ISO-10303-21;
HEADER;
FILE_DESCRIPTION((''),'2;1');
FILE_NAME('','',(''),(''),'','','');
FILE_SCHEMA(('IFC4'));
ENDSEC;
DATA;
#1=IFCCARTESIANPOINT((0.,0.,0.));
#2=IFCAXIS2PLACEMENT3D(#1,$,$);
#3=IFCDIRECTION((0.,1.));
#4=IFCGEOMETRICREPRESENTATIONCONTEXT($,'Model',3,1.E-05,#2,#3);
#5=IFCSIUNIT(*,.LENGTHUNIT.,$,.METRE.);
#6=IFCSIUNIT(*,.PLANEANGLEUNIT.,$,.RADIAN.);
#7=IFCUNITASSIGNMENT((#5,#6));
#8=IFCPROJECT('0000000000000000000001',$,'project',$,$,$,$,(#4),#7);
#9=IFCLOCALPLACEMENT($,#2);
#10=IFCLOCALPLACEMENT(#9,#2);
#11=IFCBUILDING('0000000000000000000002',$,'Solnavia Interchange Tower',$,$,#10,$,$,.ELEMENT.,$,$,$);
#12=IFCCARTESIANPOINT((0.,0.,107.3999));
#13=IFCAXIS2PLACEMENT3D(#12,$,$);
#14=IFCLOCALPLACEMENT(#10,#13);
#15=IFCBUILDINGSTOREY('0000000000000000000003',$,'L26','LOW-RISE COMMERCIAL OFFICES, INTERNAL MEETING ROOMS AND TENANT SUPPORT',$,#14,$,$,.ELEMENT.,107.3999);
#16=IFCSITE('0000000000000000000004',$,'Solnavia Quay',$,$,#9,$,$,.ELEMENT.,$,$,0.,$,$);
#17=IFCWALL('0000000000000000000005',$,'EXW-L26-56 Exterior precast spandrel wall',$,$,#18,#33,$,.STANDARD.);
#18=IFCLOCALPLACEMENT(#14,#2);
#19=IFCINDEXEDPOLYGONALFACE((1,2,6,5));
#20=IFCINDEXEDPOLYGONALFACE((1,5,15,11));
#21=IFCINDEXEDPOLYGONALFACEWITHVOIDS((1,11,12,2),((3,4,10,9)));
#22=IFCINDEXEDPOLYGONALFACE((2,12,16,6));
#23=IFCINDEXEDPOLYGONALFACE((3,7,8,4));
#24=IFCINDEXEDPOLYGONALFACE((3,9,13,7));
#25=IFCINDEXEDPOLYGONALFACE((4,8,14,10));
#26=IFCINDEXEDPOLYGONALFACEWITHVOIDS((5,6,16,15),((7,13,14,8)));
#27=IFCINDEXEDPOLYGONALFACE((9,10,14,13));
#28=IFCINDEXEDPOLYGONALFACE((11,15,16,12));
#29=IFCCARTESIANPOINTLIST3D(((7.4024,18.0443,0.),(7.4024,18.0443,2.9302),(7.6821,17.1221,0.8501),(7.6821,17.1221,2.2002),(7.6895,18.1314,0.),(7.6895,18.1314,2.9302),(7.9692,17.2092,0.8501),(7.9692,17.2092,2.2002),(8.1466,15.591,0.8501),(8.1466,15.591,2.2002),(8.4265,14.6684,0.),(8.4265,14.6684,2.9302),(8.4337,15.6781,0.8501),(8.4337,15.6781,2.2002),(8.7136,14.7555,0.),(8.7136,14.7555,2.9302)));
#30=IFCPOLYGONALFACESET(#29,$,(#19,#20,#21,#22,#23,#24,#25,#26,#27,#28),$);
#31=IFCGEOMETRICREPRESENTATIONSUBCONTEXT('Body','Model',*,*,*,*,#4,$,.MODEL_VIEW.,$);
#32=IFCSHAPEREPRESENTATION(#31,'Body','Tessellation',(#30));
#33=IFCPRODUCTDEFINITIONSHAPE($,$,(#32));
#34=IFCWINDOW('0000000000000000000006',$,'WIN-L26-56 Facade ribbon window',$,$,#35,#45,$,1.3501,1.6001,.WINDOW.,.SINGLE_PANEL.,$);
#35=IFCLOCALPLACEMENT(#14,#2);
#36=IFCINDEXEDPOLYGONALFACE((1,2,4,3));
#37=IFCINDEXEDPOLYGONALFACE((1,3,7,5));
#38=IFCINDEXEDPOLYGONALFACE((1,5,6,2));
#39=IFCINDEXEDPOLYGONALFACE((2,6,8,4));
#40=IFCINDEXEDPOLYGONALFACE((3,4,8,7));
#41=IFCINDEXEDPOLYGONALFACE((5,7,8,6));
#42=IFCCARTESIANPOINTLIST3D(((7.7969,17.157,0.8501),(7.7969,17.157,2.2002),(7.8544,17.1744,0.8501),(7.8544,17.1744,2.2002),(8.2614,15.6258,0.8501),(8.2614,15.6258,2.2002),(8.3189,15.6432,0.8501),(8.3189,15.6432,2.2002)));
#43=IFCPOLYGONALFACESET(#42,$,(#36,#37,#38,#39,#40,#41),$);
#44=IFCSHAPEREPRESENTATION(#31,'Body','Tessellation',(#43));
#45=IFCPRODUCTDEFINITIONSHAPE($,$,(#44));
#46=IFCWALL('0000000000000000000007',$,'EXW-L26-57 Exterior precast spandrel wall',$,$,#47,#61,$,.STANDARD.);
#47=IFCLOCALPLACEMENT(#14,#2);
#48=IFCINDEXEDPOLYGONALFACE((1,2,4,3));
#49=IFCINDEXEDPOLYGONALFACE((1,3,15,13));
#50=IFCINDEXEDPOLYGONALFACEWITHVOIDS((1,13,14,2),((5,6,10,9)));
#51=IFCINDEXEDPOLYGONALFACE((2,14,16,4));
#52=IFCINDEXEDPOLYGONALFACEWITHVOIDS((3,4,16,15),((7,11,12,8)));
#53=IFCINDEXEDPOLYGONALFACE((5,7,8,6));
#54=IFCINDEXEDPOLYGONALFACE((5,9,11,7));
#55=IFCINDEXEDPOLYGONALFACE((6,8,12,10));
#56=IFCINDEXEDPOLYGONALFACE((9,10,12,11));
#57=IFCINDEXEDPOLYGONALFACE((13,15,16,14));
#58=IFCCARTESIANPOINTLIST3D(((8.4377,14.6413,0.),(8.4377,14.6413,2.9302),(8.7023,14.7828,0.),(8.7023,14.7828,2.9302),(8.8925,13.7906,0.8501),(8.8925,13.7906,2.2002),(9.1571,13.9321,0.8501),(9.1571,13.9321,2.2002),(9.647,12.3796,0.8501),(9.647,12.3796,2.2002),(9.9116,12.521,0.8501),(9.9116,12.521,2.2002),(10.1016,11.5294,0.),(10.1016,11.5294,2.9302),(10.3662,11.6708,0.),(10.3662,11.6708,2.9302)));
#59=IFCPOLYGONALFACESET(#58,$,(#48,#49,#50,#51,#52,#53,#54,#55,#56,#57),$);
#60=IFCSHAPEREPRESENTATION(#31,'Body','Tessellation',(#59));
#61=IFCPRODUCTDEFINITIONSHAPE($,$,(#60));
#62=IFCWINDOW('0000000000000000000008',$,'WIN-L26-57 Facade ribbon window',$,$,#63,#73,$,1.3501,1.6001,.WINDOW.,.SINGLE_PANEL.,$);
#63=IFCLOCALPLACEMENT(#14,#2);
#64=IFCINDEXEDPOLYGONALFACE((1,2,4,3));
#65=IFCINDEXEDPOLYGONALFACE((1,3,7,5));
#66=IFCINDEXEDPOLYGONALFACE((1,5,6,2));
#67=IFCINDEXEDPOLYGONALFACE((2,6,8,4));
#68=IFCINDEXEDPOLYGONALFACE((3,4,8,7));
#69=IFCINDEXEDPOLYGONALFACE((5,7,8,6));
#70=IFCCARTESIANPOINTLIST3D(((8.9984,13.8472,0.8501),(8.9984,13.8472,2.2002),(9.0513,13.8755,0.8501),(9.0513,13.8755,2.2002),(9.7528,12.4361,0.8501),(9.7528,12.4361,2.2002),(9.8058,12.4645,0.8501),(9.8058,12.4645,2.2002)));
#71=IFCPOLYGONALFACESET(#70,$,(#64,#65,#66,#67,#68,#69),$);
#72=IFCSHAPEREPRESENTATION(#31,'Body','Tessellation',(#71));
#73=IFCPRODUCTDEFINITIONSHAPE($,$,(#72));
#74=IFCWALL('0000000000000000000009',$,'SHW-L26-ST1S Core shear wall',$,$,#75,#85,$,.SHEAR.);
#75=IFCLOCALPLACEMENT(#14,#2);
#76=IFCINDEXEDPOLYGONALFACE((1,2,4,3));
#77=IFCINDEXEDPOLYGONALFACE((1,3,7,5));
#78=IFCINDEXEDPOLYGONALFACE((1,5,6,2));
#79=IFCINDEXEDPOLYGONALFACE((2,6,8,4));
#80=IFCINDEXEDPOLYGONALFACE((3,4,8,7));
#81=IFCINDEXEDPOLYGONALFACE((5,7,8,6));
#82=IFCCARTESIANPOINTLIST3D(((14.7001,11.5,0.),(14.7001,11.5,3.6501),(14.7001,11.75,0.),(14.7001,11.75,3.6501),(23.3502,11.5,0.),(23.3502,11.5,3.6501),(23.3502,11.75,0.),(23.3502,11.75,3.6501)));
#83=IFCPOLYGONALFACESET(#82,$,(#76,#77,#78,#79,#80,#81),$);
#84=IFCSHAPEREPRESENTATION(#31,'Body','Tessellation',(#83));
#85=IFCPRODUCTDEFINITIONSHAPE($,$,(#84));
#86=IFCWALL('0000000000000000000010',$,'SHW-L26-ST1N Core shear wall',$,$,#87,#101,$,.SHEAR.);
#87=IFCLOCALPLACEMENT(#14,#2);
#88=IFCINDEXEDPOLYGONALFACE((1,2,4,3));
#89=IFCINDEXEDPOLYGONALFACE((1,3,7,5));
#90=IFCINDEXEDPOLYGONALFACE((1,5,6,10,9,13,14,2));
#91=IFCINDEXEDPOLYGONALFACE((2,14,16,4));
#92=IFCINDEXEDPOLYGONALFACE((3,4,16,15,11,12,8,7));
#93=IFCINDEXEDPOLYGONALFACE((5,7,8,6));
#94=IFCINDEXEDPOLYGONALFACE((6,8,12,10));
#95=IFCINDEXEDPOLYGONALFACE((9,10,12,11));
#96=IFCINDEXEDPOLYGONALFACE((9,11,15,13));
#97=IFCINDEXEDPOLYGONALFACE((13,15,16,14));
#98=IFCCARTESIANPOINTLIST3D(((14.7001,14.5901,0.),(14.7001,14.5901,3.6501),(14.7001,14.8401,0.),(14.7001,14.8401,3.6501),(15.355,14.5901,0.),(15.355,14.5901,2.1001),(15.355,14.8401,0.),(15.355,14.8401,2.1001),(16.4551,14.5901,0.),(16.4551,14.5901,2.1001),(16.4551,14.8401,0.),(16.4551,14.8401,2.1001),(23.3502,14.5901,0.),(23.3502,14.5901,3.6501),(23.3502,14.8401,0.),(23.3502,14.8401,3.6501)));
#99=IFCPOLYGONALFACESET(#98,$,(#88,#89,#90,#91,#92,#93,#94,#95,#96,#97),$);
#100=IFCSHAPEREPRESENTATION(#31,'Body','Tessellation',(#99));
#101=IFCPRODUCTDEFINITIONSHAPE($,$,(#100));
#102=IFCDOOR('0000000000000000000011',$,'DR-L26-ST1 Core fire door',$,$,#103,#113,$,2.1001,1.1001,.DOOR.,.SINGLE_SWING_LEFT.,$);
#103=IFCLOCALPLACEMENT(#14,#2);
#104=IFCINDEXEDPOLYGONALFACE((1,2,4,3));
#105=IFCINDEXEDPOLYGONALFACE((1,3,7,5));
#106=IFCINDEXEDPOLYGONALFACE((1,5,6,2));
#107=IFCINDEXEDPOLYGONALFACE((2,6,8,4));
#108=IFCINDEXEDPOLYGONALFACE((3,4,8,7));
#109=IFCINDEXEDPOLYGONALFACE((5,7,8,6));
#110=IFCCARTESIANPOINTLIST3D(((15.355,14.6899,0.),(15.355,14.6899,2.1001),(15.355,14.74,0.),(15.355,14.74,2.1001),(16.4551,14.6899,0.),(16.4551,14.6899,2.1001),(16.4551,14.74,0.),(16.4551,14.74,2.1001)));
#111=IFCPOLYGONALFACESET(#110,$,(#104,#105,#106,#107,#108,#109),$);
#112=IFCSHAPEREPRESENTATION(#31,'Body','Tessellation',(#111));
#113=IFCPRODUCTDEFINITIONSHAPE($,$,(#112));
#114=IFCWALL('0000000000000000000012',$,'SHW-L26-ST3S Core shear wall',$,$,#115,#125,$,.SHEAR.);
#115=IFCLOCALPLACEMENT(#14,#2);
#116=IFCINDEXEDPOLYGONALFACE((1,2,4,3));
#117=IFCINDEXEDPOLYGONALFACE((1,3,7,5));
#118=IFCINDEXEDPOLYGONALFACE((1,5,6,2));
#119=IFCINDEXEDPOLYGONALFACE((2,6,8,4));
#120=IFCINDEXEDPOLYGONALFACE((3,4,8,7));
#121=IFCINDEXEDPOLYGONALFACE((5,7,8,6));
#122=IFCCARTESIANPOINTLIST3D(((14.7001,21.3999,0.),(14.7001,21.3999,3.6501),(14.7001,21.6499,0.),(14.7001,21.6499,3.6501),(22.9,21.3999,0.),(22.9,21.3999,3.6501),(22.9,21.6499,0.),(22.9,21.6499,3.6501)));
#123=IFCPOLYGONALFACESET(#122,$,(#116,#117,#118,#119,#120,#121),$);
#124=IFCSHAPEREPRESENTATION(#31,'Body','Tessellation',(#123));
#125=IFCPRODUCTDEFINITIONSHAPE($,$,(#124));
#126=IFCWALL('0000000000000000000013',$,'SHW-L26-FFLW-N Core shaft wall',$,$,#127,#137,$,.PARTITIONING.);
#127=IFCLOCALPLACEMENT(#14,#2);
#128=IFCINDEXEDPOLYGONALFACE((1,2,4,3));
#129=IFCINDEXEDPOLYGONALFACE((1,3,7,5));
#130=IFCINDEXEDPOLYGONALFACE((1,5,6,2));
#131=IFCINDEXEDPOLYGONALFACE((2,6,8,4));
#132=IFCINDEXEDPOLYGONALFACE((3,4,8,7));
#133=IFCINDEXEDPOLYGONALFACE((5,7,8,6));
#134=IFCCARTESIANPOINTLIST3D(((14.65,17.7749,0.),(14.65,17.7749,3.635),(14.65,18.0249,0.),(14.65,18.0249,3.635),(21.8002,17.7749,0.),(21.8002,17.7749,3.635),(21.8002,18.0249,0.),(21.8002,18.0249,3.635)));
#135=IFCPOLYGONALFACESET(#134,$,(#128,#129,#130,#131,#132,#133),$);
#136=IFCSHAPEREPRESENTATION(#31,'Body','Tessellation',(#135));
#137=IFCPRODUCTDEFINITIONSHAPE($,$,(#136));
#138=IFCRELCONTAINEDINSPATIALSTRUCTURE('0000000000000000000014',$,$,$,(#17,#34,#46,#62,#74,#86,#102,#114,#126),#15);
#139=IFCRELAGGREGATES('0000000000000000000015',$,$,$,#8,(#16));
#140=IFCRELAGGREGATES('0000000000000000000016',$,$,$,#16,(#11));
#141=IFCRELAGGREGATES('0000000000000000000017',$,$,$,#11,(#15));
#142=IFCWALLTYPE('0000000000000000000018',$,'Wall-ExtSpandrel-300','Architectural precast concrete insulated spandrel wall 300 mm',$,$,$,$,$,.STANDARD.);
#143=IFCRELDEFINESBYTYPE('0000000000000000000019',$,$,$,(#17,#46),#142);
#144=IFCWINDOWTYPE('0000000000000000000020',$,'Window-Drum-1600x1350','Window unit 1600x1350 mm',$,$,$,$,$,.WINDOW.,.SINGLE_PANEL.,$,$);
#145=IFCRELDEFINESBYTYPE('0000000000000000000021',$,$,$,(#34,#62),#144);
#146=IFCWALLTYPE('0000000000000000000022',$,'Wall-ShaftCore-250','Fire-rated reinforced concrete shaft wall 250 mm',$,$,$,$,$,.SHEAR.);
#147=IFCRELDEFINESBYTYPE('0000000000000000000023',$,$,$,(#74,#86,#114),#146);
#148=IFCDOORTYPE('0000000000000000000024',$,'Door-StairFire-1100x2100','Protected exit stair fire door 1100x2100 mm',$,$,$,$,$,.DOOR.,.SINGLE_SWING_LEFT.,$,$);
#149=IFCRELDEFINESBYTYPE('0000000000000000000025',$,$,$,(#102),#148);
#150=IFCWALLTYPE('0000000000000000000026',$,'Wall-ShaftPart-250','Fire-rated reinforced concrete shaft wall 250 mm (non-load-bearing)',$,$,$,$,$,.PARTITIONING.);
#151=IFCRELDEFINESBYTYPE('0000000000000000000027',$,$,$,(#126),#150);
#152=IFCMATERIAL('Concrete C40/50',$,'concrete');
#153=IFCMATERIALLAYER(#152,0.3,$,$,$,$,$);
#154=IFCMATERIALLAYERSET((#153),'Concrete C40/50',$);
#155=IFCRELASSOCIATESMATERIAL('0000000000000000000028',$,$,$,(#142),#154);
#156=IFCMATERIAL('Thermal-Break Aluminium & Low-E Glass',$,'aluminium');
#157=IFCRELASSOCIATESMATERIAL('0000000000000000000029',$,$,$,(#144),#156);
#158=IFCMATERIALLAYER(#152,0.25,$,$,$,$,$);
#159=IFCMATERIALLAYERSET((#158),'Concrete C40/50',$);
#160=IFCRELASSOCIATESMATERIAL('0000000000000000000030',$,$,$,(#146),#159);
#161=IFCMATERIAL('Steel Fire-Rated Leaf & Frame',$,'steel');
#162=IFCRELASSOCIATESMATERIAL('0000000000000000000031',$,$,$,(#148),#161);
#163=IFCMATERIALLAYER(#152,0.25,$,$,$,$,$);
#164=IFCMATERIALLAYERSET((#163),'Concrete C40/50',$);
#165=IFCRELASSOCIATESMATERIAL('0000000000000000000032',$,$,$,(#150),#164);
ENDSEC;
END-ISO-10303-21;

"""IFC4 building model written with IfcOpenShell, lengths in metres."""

from ifc_helpers import new_model, si_unit, direction, frame, frame_2d, origin, place, context, subcontext, project, spatial, rectangle, extrude, material, layer, layer_set, type_object, element, fill, save


model = new_model("IFC4")

# Units and contexts
model_context = context("Model", 3, precision=1e-05, world=origin(), true_north=direction((0.0, 1.0)))
body_context = subcontext(model_context, "Body", "Model", "MODEL_VIEW")
ifc_project = project(units=[si_unit("LENGTHUNIT", "METRE"), si_unit("PLANEANGLEUNIT", "RADIAN")], contexts=[model_context])

# Site, building, storey
site_placement = place(None, origin())
site = spatial("IfcSite", under=ifc_project, at=site_placement, Name="Solnavia Quay", CompositionType="ELEMENT", RefElevation=0.0)
building_placement = place(site_placement, origin())
building = spatial("IfcBuilding", under=site, at=building_placement, Name="Solnavia Interchange Tower", CompositionType="ELEMENT")
storey_placement = place(building_placement, frame((0.0, 0.0, 107.3999)))
storey = spatial("IfcBuildingStorey", under=building, at=storey_placement, Name="L26", Description="LOW-RISE COMMERCIAL OFFICES, INTERNAL MEETING ROOMS AND TENANT SUPPORT", CompositionType="ELEMENT", Elevation=107.3999)

# Shared definitions
ifc_material_1 = material(Name="Concrete C40/50", Category="concrete")
ifc_layer_1 = layer(ifc_material_1, 0.3)
ifc_layer_set_1 = layer_set([ifc_layer_1], Name="Concrete C40/50")
wall_type_1 = type_object("IfcWallType", Name="Wall-ExtSpandrel-300", Description="Architectural precast concrete insulated spandrel wall 300 mm", PredefinedType="STANDARD", material=ifc_layer_set_1)

# Walls, openings, windows
ifc_material_2 = material(Name="Thermal-Break Aluminium & Low-E Glass", Category="aluminium")
window_type = type_object("IfcWindowType", Name="Window-Drum-1600x1350", Description="Window unit 1600x1350 mm", PartitioningType="SINGLE_PANEL", PredefinedType="WINDOW", material=ifc_material_2)
wall_1_placement = place(storey_placement, frame((8.5701, 14.7119, 0.0), z_axis=(0.0, 0.0, 1.0), x_axis=(-0.290305, 0.956934, 0.0)))
wall_1 = element("IfcWall", 1, at=wall_1_placement, inside=storey, type_object=wall_type_1, Name="EXW-L26-56 Exterior precast spandrel wall", PredefinedType="STANDARD", context=body_context, shape_type="SweptSolid", body=[
    extrude(rectangle(XDim=3.5278, YDim=0.3, at=frame_2d((1.7639, 0.0))), origin(), (0.0, 0.0, 1.0), 2.9302),
])
opening_1_placement = place(wall_1_placement, frame((0.9641, 0.0, 0.8501)))
opening_1 = element("IfcOpeningElement", 2, at=opening_1_placement, cuts=wall_1, PredefinedType="OPENING", context=body_context, shape_type="SweptSolid", body=[
    extrude(rectangle(XDim=1.6001, YDim=1.3501, at=frame_2d((0.8, 0.675))), frame((0.0, 0.1602, 0.0), z_axis=(0.0, -1.0, 0.0), x_axis=(1.0, 0.0, 0.0)), (0.0, 0.0, 1.0), 0.3201),
])
window_1_placement = place(opening_1_placement, origin())
window_1 = element("IfcWindow", 3, at=window_1_placement, inside=storey, type_object=window_type, Name="WIN-L26-56 Facade ribbon window", OverallHeight=1.3501, OverallWidth=1.6001, PartitioningType="SINGLE_PANEL", PredefinedType="WINDOW", context=body_context, shape_type="SweptSolid", body=[
    extrude(rectangle(XDim=1.6001, YDim=1.3501, at=frame_2d((0.8, 0.675))), frame((0.0, 0.03, 0.0), z_axis=(0.0, -1.0, 0.0), x_axis=(1.0, 0.0, 0.0)), (0.0, 0.0, 1.0), 0.0601),
])
fill(opening_1, window_1)
wall_2_placement = place(storey_placement, frame((10.2339, 11.6001, 0.0), z_axis=(0.0, 0.0, 1.0), x_axis=(-0.471511, 0.88186, 0.0)))
wall_2 = element("IfcWall", 4, at=wall_2_placement, inside=storey, type_object=wall_type_1, Name="EXW-L26-57 Exterior precast spandrel wall", PredefinedType="STANDARD", context=body_context, shape_type="SweptSolid", body=[
    extrude(rectangle(XDim=3.5288, YDim=0.3, at=frame_2d((1.7644, 0.0))), origin(), (0.0, 0.0, 1.0), 2.9302),
])
opening_2_placement = place(wall_2_placement, frame((0.9641, 0.0, 0.8501)))
opening_2 = element("IfcOpeningElement", 5, at=opening_2_placement, cuts=wall_2, PredefinedType="OPENING", context=body_context, shape_type="SweptSolid", body=[
    extrude(rectangle(XDim=1.6001, YDim=1.3501, at=frame_2d((0.8, 0.675))), frame((0.0, 0.1602, 0.0), z_axis=(0.0, -1.0, 0.0), x_axis=(1.0, 0.0, 0.0)), (0.0, 0.0, 1.0), 0.3201),
])
window_2_placement = place(opening_2_placement, origin())
window_2 = element("IfcWindow", 6, at=window_2_placement, inside=storey, type_object=window_type, Name="WIN-L26-57 Facade ribbon window", OverallHeight=1.3501, OverallWidth=1.6001, PartitioningType="SINGLE_PANEL", PredefinedType="WINDOW", context=body_context, shape_type="SweptSolid", body=[
    extrude(rectangle(XDim=1.6001, YDim=1.3501, at=frame_2d((0.8, 0.675))), frame((0.0, 0.03, 0.0), z_axis=(0.0, -1.0, 0.0), x_axis=(1.0, 0.0, 0.0)), (0.0, 0.0, 1.0), 0.0601),
])
fill(opening_2, window_2)

# Wall
ifc_layer_2 = layer(ifc_material_1, 0.25)
ifc_layer_set_2 = layer_set([ifc_layer_2], Name="Concrete C40/50")
wall_type_2 = type_object("IfcWallType", Name="Wall-ShaftCore-250", Description="Fire-rated reinforced concrete shaft wall 250 mm", PredefinedType="SHEAR", material=ifc_layer_set_2)
wall_3_placement = place(storey_placement, frame((14.7, 11.625, 0.0), z_axis=(0.0, 0.0, 1.0), x_axis=(1.0, 0.0, 0.0)))
element("IfcWall", 7, at=wall_3_placement, inside=storey, type_object=wall_type_2, Name="SHW-L26-ST1S Core shear wall", PredefinedType="SHEAR", context=body_context, shape_type="SweptSolid", body=[
    extrude(rectangle(XDim=8.6501, YDim=0.25, at=frame_2d((4.3252, 0.0))), origin(), (0.0, 0.0, 1.0), 3.6501),
])

# Wall, opening, door
wall_4_placement = place(storey_placement, frame((14.7, 14.7151, 0.0), z_axis=(0.0, 0.0, 1.0), x_axis=(1.0, 0.0, 0.0)))
wall_4 = element("IfcWall", 8, at=wall_4_placement, inside=storey, type_object=wall_type_2, Name="SHW-L26-ST1N Core shear wall", PredefinedType="SHEAR", context=body_context, shape_type="SweptSolid", body=[
    extrude(rectangle(XDim=8.6501, YDim=0.25, at=frame_2d((4.3252, 0.0))), origin(), (0.0, 0.0, 1.0), 3.6501),
])
opening_3_placement = place(wall_4_placement, frame((0.655, 0.0, 0.0)))
opening_3 = element("IfcOpeningElement", 9, at=opening_3_placement, cuts=wall_4, PredefinedType="OPENING", context=body_context, shape_type="SweptSolid", body=[
    extrude(rectangle(XDim=1.1001, YDim=2.1001, at=frame_2d((0.55, 1.05))), frame((0.0, 0.135, 0.0), z_axis=(0.0, -1.0, 0.0), x_axis=(1.0, 0.0, 0.0)), (0.0, 0.0, 1.0), 0.27),
])
ifc_material_3 = material(Name="Steel Fire-Rated Leaf & Frame", Category="steel")
door_type_1 = type_object("IfcDoorType", Name="Door-StairFire-1100x2100", Description="Protected exit stair fire door 1100x2100 mm", OperationType="SINGLE_SWING_LEFT", PredefinedType="DOOR", material=ifc_material_3)
door_1_placement = place(opening_3_placement, origin())
door_1 = element("IfcDoor", 10, at=door_1_placement, inside=storey, type_object=door_type_1, Name="DR-L26-ST1 Core fire door", OperationType="SINGLE_SWING_LEFT", OverallHeight=2.1001, OverallWidth=1.1001, PredefinedType="DOOR", context=body_context, shape_type="SweptSolid", body=[
    extrude(rectangle(XDim=1.1001, YDim=2.1001, at=frame_2d((0.55, 1.05))), frame((0.0, 0.0249, 0.0), z_axis=(0.0, -1.0, 0.0), x_axis=(1.0, 0.0, 0.0)), (0.0, 0.0, 1.0), 0.05),
])
fill(opening_3, door_1)

# Walls
wall_5_placement = place(storey_placement, frame((14.7, 21.5249, 0.0), z_axis=(0.0, 0.0, 1.0), x_axis=(1.0, 0.0, 0.0)))
element("IfcWall", 11, at=wall_5_placement, inside=storey, type_object=wall_type_2, Name="SHW-L26-ST3S Core shear wall", PredefinedType="SHEAR", context=body_context, shape_type="SweptSolid", body=[
    extrude(rectangle(XDim=8.2, YDim=0.25, at=frame_2d((4.1001, 0.0))), origin(), (0.0, 0.0, 1.0), 3.6501),
])
ifc_layer_3 = layer(ifc_material_1, 0.25)
ifc_layer_set_3 = layer_set([ifc_layer_3], Name="Concrete C40/50")
wall_type_3 = type_object("IfcWallType", Name="Wall-ShaftPart-250", Description="Fire-rated reinforced concrete shaft wall 250 mm (non-load-bearing)", PredefinedType="PARTITIONING", material=ifc_layer_set_3)
wall_6_placement = place(storey_placement, frame((14.6499, 17.8999, 0.0), z_axis=(0.0, 0.0, 1.0), x_axis=(1.0, 0.0, 0.0)))
element("IfcWall", 12, at=wall_6_placement, inside=storey, type_object=wall_type_3, Name="SHW-L26-FFLW-N Core shaft wall", PredefinedType="PARTITIONING", context=body_context, shape_type="SweptSolid", body=[
    extrude(rectangle(XDim=7.1501, YDim=0.25, at=frame_2d((3.5752, 0.0))), origin(), (0.0, 0.0, 1.0), 3.635),
])

save(model, "model.ifc")
